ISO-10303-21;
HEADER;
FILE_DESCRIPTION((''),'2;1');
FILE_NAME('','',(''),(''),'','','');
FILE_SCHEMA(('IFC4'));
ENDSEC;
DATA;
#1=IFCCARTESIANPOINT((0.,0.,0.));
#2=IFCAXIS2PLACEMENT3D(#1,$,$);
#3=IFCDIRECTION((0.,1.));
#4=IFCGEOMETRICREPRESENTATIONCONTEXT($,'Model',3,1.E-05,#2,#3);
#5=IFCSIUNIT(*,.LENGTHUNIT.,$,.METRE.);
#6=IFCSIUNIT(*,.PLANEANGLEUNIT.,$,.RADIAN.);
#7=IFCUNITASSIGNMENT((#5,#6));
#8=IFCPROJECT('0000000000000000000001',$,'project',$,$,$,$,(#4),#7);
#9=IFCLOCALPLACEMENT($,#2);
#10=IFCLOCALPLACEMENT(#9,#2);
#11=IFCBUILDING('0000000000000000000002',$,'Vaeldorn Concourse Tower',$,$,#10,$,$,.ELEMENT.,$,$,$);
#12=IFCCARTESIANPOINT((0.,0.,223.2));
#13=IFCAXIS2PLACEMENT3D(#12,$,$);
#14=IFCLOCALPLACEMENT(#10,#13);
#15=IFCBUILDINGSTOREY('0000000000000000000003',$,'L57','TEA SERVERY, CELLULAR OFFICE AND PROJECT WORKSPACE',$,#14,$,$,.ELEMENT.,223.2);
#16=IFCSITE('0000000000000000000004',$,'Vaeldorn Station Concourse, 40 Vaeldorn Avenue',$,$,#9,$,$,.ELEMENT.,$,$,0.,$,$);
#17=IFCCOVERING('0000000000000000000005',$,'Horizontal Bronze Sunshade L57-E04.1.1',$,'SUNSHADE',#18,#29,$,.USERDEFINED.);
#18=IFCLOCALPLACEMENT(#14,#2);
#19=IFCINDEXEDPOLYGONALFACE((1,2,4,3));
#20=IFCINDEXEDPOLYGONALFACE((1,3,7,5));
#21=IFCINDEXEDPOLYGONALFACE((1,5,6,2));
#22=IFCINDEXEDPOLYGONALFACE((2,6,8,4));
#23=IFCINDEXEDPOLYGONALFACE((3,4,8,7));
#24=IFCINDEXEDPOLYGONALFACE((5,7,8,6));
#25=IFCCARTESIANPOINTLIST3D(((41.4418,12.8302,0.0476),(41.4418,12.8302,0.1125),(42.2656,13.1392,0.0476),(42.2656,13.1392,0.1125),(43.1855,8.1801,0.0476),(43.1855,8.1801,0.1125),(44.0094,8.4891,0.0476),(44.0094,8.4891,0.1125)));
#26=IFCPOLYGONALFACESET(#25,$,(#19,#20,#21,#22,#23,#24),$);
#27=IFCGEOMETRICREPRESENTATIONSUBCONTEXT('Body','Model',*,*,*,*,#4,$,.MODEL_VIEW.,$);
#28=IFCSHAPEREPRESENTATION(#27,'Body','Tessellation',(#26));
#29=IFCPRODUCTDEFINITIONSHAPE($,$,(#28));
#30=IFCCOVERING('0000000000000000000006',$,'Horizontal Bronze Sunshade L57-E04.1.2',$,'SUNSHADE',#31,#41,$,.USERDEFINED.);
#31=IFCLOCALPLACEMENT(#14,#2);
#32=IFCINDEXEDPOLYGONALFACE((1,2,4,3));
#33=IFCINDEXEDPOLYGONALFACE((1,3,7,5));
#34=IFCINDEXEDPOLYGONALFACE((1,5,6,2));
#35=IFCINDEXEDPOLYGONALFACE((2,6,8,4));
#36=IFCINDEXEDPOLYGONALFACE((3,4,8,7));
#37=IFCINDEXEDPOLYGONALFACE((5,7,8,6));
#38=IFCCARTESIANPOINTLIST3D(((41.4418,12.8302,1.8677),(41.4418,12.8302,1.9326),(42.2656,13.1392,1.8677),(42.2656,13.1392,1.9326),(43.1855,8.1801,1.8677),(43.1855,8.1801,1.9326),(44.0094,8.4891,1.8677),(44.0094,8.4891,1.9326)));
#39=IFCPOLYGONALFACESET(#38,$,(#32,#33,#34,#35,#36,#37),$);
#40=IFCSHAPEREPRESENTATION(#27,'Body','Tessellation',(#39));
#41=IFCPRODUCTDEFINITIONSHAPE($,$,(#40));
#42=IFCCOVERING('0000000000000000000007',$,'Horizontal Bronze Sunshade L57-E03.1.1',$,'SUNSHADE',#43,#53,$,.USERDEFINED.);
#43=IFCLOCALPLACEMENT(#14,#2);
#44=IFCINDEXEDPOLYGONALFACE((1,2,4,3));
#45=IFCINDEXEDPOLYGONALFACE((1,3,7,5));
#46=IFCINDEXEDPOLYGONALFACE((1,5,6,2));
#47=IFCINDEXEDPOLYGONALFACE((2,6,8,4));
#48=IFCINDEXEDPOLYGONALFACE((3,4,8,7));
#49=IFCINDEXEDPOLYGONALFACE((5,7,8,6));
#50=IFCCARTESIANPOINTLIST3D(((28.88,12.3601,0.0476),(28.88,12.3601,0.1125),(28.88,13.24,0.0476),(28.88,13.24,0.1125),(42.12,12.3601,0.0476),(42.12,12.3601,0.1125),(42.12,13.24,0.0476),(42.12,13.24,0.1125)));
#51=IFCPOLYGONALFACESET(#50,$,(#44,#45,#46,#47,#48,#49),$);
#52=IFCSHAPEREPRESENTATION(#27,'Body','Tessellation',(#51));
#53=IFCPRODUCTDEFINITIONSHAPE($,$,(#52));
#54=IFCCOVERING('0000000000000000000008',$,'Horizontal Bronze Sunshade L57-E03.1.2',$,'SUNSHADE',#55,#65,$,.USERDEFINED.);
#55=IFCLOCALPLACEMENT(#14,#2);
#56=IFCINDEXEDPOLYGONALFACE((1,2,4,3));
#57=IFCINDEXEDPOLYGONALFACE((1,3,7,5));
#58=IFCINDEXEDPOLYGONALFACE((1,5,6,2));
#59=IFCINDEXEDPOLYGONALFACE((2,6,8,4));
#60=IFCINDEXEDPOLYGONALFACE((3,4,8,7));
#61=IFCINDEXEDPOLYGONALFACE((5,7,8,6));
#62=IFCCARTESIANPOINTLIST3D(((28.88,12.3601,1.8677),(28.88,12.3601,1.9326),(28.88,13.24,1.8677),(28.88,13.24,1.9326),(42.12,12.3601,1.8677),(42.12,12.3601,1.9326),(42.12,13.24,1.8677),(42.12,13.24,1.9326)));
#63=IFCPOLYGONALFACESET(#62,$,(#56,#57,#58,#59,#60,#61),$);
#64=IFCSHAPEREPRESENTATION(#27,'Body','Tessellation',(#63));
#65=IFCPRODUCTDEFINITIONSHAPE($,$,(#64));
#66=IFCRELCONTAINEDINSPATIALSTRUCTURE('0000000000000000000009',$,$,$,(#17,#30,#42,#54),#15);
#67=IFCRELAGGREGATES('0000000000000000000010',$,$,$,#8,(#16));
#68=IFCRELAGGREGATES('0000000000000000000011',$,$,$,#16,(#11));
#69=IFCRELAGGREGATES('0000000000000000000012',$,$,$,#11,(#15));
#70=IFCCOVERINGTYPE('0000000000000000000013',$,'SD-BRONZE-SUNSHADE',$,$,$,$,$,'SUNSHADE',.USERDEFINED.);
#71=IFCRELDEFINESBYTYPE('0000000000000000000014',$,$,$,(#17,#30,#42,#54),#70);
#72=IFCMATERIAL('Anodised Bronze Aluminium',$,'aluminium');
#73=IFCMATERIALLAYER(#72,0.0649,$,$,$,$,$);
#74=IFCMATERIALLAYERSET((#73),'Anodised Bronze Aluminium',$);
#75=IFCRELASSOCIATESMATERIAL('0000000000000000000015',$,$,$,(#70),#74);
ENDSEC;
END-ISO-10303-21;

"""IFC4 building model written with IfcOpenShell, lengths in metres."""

from ifc_helpers import new_model, si_unit, direction, frame, origin, origin_2d, place, context, subcontext, project, spatial, rectangle, extrude, source, transform, mapped, material, layer, layer_set, type_object, element, save


model = new_model("IFC4")

# Units and contexts
model_context = context("Model", 3, precision=1e-05, world=origin(), true_north=direction((0.0, 1.0)))
body_context = subcontext(model_context, "Body", "Model", "MODEL_VIEW")
ifc_project = project(units=[si_unit("LENGTHUNIT", "METRE"), si_unit("PLANEANGLEUNIT", "RADIAN")], contexts=[model_context])

# Site, building, storey
site_placement = place(None, origin())
site = spatial("IfcSite", under=ifc_project, at=site_placement, Name="Vaeldorn Station Concourse, 40 Vaeldorn Avenue", CompositionType="ELEMENT", RefElevation=0.0)
building_placement = place(site_placement, origin())
building = spatial("IfcBuilding", under=site, at=building_placement, Name="Vaeldorn Concourse Tower", CompositionType="ELEMENT")
storey_placement = place(building_placement, frame((0.0, 0.0, 223.2)))
storey = spatial("IfcBuildingStorey", under=building, at=storey_placement, Name="L57", Description="TEA SERVERY, CELLULAR OFFICE AND PROJECT WORKSPACE", CompositionType="ELEMENT", Elevation=223.2)

# Shared definitions
ifc_material_1 = material(Name="Anodised Bronze Aluminium", Category="aluminium")

# Coverings
ifc_layer_1 = layer(ifc_material_1, 0.0649)
ifc_layer_set_1 = layer_set([ifc_layer_1], Name="Anodised Bronze Aluminium")
covering_type = type_object("IfcCoveringType", Name="SD-BRONZE-SUNSHADE", ElementType="SUNSHADE", PredefinedType="USERDEFINED", material=ifc_layer_set_1)
shared_shape_1 = source(origin(), body_context, "Body", "SweptSolid", [
    extrude(rectangle(XDim=4.9663, YDim=0.8799, at=origin_2d()), origin(), (0.0, 0.0, 1.0), 0.0649),
])
for number, where, z_axis, x_axis, name in (
    (1, (42.7256, 10.6597, 0.0476), (0.0, 0.0, 1.0), (0.351123, -0.936329, 0.0), "Horizontal Bronze Sunshade L57-E04.1.1"),
    (2, (42.7256, 10.6597, 1.8677), (0.0, 0.0, 1.0), (0.351123, -0.936329, 0.0), "Horizontal Bronze Sunshade L57-E04.1.2"),
):
    element("IfcCovering", number, at=place(storey_placement, frame(where, z_axis=z_axis, x_axis=x_axis)), inside=storey, type_object=covering_type, Name=name, ObjectType="SUNSHADE", PredefinedType="USERDEFINED", context=body_context, shape_type="MappedRepresentation", body=[
        mapped(shared_shape_1, transform((0.0, 0.0, 0.0), scale=1.0)),
    ])
shared_shape_2 = source(origin(), body_context, "Body", "SweptSolid", [
    extrude(rectangle(XDim=13.24, YDim=0.8799, at=origin_2d()), origin(), (0.0, 0.0, 1.0), 0.0649),
])
for number, where, z_axis, x_axis, name in (
    (3, (35.5, 12.8, 0.0476), (0.0, 0.0, 1.0), (1.0, 0.0, 0.0), "Horizontal Bronze Sunshade L57-E03.1.1"),
    (4, (35.5, 12.8, 1.8677), (0.0, 0.0, 1.0), (1.0, 0.0, 0.0), "Horizontal Bronze Sunshade L57-E03.1.2"),
):
    element("IfcCovering", number, at=place(storey_placement, frame(where, z_axis=z_axis, x_axis=x_axis)), inside=storey, type_object=covering_type, Name=name, ObjectType="SUNSHADE", PredefinedType="USERDEFINED", context=body_context, shape_type="MappedRepresentation", body=[
        mapped(shared_shape_2, transform((0.0, 0.0, 0.0), scale=1.0)),
    ])

save(model, "model.ifc")
